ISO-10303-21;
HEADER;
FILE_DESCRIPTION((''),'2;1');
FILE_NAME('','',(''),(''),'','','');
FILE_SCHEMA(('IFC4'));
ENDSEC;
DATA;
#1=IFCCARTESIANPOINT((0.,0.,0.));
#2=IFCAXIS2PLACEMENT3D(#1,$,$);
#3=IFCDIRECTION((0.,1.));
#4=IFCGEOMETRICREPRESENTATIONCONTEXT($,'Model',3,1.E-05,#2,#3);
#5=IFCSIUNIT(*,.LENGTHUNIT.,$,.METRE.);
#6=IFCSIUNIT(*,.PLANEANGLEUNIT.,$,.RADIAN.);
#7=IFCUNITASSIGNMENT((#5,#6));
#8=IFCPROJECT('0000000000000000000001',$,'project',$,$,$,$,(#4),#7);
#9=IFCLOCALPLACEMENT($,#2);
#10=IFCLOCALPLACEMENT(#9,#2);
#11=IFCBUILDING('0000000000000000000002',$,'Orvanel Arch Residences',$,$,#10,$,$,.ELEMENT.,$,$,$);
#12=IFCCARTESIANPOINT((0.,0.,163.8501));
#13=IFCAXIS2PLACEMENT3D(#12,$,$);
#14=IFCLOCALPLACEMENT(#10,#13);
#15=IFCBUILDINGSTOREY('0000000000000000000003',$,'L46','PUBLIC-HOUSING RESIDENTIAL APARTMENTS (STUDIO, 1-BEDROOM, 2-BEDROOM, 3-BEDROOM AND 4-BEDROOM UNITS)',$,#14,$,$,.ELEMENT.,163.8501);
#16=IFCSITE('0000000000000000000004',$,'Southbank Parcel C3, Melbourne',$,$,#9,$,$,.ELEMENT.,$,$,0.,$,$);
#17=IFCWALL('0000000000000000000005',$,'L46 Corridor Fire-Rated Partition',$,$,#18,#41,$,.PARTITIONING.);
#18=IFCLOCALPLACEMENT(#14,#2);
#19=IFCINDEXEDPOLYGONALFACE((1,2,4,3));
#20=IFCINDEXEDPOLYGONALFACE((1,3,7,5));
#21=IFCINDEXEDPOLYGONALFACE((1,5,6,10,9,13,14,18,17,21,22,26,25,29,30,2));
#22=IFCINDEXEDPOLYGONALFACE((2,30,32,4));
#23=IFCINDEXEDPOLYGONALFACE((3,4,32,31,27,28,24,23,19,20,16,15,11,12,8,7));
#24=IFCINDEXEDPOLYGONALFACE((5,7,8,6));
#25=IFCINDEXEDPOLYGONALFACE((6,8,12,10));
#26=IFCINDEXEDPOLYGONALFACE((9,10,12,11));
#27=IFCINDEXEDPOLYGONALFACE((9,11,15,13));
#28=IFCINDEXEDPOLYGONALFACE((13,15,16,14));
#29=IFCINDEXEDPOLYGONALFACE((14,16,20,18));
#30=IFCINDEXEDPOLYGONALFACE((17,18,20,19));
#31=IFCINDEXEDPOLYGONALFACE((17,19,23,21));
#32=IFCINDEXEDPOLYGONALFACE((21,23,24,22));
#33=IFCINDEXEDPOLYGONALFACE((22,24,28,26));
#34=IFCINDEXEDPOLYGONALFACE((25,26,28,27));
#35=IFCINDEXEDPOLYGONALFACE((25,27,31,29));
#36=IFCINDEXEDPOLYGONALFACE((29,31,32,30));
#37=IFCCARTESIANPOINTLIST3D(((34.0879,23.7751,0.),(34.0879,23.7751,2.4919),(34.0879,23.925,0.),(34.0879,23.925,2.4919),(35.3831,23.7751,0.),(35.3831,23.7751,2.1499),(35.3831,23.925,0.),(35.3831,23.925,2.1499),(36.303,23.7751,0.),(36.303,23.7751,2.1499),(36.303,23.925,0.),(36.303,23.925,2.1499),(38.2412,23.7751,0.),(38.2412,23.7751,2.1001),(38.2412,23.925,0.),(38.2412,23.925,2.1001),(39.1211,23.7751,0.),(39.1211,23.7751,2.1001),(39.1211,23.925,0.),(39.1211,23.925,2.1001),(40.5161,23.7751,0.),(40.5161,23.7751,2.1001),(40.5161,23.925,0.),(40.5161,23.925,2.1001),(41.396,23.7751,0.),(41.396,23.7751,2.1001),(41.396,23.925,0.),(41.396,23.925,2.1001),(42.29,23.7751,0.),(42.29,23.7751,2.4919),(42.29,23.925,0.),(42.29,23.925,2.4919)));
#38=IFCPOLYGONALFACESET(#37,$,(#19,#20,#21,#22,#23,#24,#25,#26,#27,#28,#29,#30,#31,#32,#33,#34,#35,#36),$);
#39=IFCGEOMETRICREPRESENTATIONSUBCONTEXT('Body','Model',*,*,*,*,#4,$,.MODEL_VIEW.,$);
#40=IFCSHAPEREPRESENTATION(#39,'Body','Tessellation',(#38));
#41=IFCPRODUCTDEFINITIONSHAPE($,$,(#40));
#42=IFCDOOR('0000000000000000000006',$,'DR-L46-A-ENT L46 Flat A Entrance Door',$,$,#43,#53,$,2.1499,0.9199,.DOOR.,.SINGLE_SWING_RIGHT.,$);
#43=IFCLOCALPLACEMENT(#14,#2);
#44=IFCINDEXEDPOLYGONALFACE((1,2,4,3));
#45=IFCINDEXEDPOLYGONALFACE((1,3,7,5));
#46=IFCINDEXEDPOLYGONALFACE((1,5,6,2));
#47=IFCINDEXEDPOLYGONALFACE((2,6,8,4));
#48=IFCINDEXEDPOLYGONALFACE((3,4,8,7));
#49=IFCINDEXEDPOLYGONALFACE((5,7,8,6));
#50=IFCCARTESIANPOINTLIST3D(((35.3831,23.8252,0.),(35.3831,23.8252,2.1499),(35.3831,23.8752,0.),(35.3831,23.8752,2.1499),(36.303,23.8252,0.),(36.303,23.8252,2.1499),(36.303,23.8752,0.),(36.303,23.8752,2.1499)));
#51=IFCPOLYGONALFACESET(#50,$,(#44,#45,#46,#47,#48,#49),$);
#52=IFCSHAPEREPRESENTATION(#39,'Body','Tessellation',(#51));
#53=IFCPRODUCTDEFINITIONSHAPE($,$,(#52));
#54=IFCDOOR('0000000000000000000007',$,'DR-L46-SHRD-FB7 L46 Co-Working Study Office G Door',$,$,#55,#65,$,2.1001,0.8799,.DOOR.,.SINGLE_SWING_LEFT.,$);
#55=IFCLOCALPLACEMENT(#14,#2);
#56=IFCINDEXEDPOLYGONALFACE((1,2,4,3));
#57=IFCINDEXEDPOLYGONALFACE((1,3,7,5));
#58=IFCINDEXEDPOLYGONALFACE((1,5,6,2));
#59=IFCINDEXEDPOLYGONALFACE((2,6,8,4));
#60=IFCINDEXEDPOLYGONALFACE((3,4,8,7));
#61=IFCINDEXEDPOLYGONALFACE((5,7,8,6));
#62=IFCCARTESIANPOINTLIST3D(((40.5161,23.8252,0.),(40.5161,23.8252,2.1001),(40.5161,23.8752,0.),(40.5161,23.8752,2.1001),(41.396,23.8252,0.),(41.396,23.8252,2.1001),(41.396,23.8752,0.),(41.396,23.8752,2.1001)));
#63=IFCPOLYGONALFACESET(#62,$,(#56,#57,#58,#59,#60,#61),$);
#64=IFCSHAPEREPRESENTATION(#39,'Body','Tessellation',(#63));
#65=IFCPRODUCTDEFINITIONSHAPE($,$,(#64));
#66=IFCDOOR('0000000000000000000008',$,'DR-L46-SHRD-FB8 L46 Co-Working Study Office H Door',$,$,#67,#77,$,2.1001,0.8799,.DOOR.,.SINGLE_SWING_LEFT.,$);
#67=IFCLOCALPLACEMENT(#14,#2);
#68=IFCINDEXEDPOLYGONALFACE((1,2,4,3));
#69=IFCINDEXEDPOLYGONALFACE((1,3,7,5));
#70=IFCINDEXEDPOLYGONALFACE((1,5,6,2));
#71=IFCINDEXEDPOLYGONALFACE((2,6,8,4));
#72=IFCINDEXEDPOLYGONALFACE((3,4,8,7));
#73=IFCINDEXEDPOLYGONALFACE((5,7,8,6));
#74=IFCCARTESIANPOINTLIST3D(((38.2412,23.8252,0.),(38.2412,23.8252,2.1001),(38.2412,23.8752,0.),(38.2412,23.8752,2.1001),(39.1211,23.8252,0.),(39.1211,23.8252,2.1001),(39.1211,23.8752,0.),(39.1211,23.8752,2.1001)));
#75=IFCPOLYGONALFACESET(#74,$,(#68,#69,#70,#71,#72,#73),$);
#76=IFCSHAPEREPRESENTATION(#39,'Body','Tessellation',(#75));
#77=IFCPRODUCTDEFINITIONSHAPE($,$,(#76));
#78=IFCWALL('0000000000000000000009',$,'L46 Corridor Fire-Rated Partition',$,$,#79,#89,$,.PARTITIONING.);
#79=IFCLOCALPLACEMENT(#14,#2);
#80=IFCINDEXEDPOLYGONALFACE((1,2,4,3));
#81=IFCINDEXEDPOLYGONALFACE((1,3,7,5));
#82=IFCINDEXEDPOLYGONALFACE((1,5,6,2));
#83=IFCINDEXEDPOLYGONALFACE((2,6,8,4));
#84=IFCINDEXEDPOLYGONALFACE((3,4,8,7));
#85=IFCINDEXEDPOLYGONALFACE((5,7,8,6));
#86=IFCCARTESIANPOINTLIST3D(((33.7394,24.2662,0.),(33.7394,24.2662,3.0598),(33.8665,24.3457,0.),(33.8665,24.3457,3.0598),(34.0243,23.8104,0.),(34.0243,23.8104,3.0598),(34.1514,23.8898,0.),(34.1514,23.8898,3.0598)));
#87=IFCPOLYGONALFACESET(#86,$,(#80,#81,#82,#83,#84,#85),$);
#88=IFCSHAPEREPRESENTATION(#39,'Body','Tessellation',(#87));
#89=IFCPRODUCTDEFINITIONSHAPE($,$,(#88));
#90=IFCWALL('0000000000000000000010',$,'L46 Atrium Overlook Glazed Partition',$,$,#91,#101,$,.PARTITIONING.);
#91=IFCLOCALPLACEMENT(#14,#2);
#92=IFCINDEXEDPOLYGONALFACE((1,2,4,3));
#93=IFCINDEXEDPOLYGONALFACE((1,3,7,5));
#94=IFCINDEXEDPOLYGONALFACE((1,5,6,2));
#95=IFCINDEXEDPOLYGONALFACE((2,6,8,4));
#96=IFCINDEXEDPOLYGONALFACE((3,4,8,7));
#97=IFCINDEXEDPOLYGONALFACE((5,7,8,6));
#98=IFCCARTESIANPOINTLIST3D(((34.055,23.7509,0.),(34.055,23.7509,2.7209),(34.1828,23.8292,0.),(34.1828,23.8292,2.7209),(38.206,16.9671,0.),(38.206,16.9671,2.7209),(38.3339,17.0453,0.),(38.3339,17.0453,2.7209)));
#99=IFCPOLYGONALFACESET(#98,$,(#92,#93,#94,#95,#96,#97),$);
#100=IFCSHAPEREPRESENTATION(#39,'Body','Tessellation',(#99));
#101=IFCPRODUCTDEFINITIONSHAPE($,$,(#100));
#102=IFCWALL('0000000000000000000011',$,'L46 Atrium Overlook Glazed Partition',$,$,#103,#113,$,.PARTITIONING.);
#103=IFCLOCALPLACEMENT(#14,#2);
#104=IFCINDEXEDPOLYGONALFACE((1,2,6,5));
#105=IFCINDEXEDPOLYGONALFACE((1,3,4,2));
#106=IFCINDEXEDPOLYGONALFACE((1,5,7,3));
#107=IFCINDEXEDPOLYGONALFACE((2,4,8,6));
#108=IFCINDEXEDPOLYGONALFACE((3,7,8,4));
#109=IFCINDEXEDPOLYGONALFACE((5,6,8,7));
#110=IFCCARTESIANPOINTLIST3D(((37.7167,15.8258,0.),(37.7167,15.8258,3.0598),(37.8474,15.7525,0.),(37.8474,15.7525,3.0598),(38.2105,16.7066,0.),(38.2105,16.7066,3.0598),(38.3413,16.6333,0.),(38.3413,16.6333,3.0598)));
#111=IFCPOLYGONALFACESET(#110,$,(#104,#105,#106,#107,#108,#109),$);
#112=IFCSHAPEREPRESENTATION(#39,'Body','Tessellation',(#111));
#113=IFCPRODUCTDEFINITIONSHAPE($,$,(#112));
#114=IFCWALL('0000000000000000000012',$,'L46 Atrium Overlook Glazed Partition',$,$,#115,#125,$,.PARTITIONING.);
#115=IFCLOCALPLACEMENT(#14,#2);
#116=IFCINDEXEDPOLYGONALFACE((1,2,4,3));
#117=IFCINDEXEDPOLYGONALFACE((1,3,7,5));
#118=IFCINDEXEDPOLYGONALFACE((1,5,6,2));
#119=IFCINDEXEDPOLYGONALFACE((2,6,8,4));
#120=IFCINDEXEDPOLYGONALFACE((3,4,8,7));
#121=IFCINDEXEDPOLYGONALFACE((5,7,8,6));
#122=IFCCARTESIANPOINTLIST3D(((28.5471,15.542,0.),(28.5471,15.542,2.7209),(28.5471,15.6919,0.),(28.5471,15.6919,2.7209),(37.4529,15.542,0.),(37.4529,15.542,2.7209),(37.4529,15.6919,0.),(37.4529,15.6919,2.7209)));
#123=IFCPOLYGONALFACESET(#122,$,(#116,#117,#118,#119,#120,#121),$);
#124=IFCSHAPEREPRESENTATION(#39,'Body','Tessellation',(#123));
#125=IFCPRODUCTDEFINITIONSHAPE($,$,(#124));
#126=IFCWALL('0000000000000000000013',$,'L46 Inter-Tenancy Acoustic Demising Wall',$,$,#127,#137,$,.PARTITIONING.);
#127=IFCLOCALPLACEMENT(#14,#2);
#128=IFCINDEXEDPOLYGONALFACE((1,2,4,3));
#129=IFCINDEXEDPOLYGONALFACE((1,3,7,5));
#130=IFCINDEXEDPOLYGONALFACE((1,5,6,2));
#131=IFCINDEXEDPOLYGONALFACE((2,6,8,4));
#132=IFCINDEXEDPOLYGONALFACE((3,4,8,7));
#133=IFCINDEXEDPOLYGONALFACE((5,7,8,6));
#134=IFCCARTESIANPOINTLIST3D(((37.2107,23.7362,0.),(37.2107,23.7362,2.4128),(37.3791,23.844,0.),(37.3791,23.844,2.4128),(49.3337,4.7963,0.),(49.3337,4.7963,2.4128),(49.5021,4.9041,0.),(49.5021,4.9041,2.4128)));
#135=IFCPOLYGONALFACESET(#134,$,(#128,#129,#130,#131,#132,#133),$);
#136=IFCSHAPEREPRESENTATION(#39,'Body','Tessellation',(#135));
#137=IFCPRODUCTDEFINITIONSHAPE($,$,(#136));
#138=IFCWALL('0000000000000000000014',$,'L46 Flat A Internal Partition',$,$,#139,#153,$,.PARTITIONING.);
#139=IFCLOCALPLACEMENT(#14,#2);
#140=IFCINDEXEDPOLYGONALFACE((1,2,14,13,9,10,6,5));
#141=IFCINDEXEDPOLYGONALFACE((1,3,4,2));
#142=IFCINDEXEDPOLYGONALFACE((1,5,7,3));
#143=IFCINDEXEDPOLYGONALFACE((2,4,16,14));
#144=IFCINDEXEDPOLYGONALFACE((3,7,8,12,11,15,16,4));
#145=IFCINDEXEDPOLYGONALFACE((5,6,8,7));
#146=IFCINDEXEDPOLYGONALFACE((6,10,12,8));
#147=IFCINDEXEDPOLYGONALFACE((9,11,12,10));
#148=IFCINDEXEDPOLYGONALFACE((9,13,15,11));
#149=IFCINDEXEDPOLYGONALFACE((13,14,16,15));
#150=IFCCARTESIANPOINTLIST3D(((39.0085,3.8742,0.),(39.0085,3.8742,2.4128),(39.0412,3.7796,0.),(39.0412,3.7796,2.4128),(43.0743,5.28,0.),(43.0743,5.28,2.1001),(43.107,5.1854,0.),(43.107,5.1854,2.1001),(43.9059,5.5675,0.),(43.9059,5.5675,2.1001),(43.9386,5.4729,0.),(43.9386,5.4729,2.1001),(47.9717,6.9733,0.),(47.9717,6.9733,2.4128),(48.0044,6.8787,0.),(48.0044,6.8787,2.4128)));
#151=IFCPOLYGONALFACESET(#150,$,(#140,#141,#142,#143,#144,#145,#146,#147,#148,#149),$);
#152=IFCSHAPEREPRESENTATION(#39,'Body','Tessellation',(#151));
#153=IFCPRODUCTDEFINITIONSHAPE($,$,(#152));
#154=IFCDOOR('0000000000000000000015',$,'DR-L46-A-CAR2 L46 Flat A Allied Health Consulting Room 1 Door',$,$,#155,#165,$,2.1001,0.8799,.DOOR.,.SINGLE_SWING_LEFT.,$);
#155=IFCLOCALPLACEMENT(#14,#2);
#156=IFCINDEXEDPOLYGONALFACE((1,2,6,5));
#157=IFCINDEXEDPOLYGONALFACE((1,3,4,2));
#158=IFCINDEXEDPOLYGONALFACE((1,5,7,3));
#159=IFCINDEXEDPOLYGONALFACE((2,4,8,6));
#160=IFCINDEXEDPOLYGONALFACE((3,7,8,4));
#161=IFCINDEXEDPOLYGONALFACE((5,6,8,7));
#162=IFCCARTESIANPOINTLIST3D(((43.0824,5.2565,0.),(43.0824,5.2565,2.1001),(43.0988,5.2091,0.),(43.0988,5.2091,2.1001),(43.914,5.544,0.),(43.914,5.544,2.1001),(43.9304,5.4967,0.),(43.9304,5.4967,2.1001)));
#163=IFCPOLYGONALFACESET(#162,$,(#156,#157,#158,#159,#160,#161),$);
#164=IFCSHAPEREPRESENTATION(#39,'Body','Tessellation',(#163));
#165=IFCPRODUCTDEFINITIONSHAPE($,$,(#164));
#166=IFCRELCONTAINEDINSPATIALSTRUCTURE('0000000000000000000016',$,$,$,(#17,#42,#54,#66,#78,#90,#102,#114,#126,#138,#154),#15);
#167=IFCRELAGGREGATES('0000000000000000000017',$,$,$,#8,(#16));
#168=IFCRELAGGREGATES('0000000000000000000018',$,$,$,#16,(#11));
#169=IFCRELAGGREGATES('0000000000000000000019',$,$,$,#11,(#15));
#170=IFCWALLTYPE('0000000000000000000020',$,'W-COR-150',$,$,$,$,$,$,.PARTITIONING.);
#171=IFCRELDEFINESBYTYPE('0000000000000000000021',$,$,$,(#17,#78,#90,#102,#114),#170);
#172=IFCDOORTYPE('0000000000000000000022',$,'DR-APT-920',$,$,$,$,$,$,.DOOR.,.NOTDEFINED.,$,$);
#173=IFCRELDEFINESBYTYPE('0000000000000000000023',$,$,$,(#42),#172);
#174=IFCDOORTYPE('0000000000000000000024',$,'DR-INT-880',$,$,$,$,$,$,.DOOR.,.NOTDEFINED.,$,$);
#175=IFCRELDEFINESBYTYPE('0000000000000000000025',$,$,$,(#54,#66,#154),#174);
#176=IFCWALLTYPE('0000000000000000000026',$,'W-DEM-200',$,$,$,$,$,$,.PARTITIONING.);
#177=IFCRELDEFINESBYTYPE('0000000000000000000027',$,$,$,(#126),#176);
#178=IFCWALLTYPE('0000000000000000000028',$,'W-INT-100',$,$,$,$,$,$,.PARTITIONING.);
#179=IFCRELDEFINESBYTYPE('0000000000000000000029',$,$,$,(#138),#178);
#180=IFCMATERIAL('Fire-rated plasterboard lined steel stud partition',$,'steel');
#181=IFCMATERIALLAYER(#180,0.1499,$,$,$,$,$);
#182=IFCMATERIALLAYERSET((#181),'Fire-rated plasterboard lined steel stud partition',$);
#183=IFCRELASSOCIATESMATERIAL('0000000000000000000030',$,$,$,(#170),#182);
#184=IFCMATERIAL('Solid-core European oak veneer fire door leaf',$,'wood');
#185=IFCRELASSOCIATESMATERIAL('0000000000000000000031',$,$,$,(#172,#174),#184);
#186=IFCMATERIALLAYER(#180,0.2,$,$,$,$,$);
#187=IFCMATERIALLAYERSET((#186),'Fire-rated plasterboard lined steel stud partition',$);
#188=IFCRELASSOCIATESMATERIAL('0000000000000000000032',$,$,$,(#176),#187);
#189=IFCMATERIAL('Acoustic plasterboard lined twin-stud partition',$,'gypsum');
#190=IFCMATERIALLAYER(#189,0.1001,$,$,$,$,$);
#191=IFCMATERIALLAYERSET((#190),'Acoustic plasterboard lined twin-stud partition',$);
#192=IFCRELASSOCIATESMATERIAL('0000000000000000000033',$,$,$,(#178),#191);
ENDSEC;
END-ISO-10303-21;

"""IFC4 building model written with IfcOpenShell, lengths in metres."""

from ifc_helpers import new_model, si_unit, direction, frame, frame_2d, origin, place, context, subcontext, project, spatial, rectangle, extrude, material, layer, layer_set, type_object, element, fill, save


model = new_model("IFC4")

# Units and contexts
model_context = context("Model", 3, precision=1e-05, world=origin(), true_north=direction((0.0, 1.0)))
body_context = subcontext(model_context, "Body", "Model", "MODEL_VIEW")
ifc_project = project(units=[si_unit("LENGTHUNIT", "METRE"), si_unit("PLANEANGLEUNIT", "RADIAN")], contexts=[model_context])

# Site, building, storey
site_placement = place(None, origin())
site = spatial("IfcSite", under=ifc_project, at=site_placement, Name="Southbank Parcel C3, Melbourne", CompositionType="ELEMENT", RefElevation=0.0)
building_placement = place(site_placement, origin())
building = spatial("IfcBuilding", under=site, at=building_placement, Name="Orvanel Arch Residences", CompositionType="ELEMENT")
storey_placement = place(building_placement, frame((0.0, 0.0, 163.8501)))
storey = spatial("IfcBuildingStorey", under=building, at=storey_placement, Name="L46", Description="PUBLIC-HOUSING RESIDENTIAL APARTMENTS (STUDIO, 1-BEDROOM, 2-BEDROOM, 3-BEDROOM AND 4-BEDROOM UNITS)", CompositionType="ELEMENT", Elevation=163.8501)

# Wall, openings, doors
ifc_material_1 = material(Name="Fire-rated plasterboard lined steel stud partition", Category="steel")
ifc_layer_1 = layer(ifc_material_1, 0.1499)
ifc_layer_set_1 = layer_set([ifc_layer_1], Name="Fire-rated plasterboard lined steel stud partition")
wall_type_1 = type_object("IfcWallType", Name="W-COR-150", PredefinedType="PARTITIONING", material=ifc_layer_set_1)
wall_1_placement = place(storey_placement, frame((42.29, 23.8501, 0.0), z_axis=(0.0, 0.0, 1.0), x_axis=(-1.0, 0.0, 0.0)))
wall_1 = element("IfcWall", 1, at=wall_1_placement, inside=storey, type_object=wall_type_1, Name="L46 Corridor Fire-Rated Partition", PredefinedType="PARTITIONING", context=body_context, shape_type="SweptSolid", body=[
    extrude(rectangle(XDim=8.2021, YDim=0.1499, at=frame_2d((4.1011, 0.0))), origin(), (0.0, 0.0, 1.0), 2.4919),
])
opening_1_placement = place(wall_1_placement, frame((5.9871, 0.0, 0.0)))
opening_1 = element("IfcOpeningElement", 2, at=opening_1_placement, cuts=wall_1, PredefinedType="OPENING", context=body_context, shape_type="SweptSolid", body=[
    extrude(rectangle(XDim=0.9199, YDim=2.1499, at=frame_2d((0.46, 1.075))), frame((0.0, 0.085, 0.0), z_axis=(0.0, -1.0, 0.0), x_axis=(1.0, 0.0, 0.0)), (0.0, 0.0, 1.0), 0.1699),
])
opening_2_placement = place(wall_1_placement, frame((0.894, 0.0, 0.0)))
opening_2 = element("IfcOpeningElement", 3, at=opening_2_placement, cuts=wall_1, PredefinedType="OPENING", context=body_context, shape_type="SweptSolid", body=[
    extrude(rectangle(XDim=0.8799, YDim=2.1001, at=frame_2d((0.4399, 1.05))), frame((0.0, 0.085, 0.0), z_axis=(0.0, -1.0, 0.0), x_axis=(1.0, 0.0, 0.0)), (0.0, 0.0, 1.0), 0.1699),
])
opening_3_placement = place(wall_1_placement, frame((3.1689, 0.0, 0.0)))
opening_3 = element("IfcOpeningElement", 4, at=opening_3_placement, cuts=wall_1, PredefinedType="OPENING", context=body_context, shape_type="SweptSolid", body=[
    extrude(rectangle(XDim=0.8799, YDim=2.1001, at=frame_2d((0.4399, 1.05))), frame((0.0, 0.085, 0.0), z_axis=(0.0, -1.0, 0.0), x_axis=(1.0, 0.0, 0.0)), (0.0, 0.0, 1.0), 0.1699),
])
ifc_material_2 = material(Name="Solid-core European oak veneer fire door leaf", Category="wood")
door_type_1 = type_object("IfcDoorType", Name="DR-APT-920", OperationType="NOTDEFINED", PredefinedType="DOOR", material=ifc_material_2)
door_1_placement = place(opening_1_placement, origin())
door_1 = element("IfcDoor", 5, at=door_1_placement, inside=storey, type_object=door_type_1, Name="DR-L46-A-ENT L46 Flat A Entrance Door", OperationType="SINGLE_SWING_RIGHT", OverallHeight=2.1499, OverallWidth=0.9199, PredefinedType="DOOR", context=body_context, shape_type="SweptSolid", body=[
    extrude(rectangle(XDim=0.9199, YDim=2.1499, at=frame_2d((0.46, 1.075))), frame((0.0, 0.0249, 0.0), z_axis=(0.0, -1.0, 0.0), x_axis=(1.0, 0.0, 0.0)), (0.0, 0.0, 1.0), 0.05),
])
fill(opening_1, door_1)
door_type_2 = type_object("IfcDoorType", Name="DR-INT-880", OperationType="NOTDEFINED", PredefinedType="DOOR", material=ifc_material_2)
door_2_placement = place(opening_2_placement, origin())
door_2 = element("IfcDoor", 6, at=door_2_placement, inside=storey, type_object=door_type_2, Name="DR-L46-SHRD-FB7 L46 Co-Working Study Office G Door", OperationType="SINGLE_SWING_LEFT", OverallHeight=2.1001, OverallWidth=0.8799, PredefinedType="DOOR", context=body_context, shape_type="SweptSolid", body=[
    extrude(rectangle(XDim=0.8799, YDim=2.1001, at=frame_2d((0.4399, 1.05))), frame((0.0, 0.0249, 0.0), z_axis=(0.0, -1.0, 0.0), x_axis=(1.0, 0.0, 0.0)), (0.0, 0.0, 1.0), 0.05),
])
fill(opening_2, door_2)
door_3_placement = place(opening_3_placement, origin())
door_3 = element("IfcDoor", 7, at=door_3_placement, inside=storey, type_object=door_type_2, Name="DR-L46-SHRD-FB8 L46 Co-Working Study Office H Door", OperationType="SINGLE_SWING_LEFT", OverallHeight=2.1001, OverallWidth=0.8799, PredefinedType="DOOR", context=body_context, shape_type="SweptSolid", body=[
    extrude(rectangle(XDim=0.8799, YDim=2.1001, at=frame_2d((0.4399, 1.05))), frame((0.0, 0.0249, 0.0), z_axis=(0.0, -1.0, 0.0), x_axis=(1.0, 0.0, 0.0)), (0.0, 0.0, 1.0), 0.05),
])
fill(opening_3, door_3)

# Walls
wall_2_placement = place(storey_placement, frame((34.0879, 23.8501, 0.0), z_axis=(0.0, 0.0, 1.0), x_axis=(-0.53004, 0.847973, 0.0)))
element("IfcWall", 8, at=wall_2_placement, inside=storey, type_object=wall_type_1, Name="L46 Corridor Fire-Rated Partition", PredefinedType="PARTITIONING", context=body_context, shape_type="SweptSolid", body=[
    extrude(rectangle(XDim=0.5376, YDim=0.1499, at=frame_2d((0.2688, 0.0))), origin(), (0.0, 0.0, 1.0), 3.0598),
])
wall_3_placement = place(storey_placement, frame((34.1189, 23.79, 0.0), z_axis=(0.0, 0.0, 1.0), x_axis=(0.521943, -0.85298, 0.0)))
element("IfcWall", 9, at=wall_3_placement, inside=storey, type_object=wall_type_1, Name="L46 Atrium Overlook Glazed Partition", PredefinedType="PARTITIONING", context=body_context, shape_type="SweptSolid", body=[
    extrude(rectangle(XDim=7.9531, YDim=0.1499, at=frame_2d((3.9766, 0.0))), origin(), (0.0, 0.0, 1.0), 2.7209),
])
wall_4_placement = place(storey_placement, frame((38.2759, 16.6699, 0.0), z_axis=(0.0, 0.0, 1.0), x_axis=(-0.489067, -0.872246, 0.0)))
element("IfcWall", 10, at=wall_4_placement, inside=storey, type_object=wall_type_1, Name="L46 Atrium Overlook Glazed Partition", PredefinedType="PARTITIONING", context=body_context, shape_type="SweptSolid", body=[
    extrude(rectangle(XDim=1.0098, YDim=0.1499, at=frame_2d((0.5049, 0.0))), origin(), (0.0, 0.0, 1.0), 3.0598),
])
wall_5_placement = place(storey_placement, frame((37.4529, 15.6169, 0.0), z_axis=(0.0, 0.0, 1.0), x_axis=(-1.0, 0.0, 0.0)))
element("IfcWall", 11, at=wall_5_placement, inside=storey, type_object=wall_type_1, Name="L46 Atrium Overlook Glazed Partition", PredefinedType="PARTITIONING", context=body_context, shape_type="SweptSolid", body=[
    extrude(rectangle(XDim=8.9058, YDim=0.1499, at=frame_2d((4.4529, 0.0))), origin(), (0.0, 0.0, 1.0), 2.7209),
])
ifc_layer_2 = layer(ifc_material_1, 0.2)
ifc_layer_set_2 = layer_set([ifc_layer_2], Name="Fire-rated plasterboard lined steel stud partition")
wall_type_2 = type_object("IfcWallType", Name="W-DEM-200", PredefinedType="PARTITIONING", material=ifc_layer_set_2)
wall_6_placement = place(storey_placement, frame((37.2949, 23.79, 0.0), z_axis=(0.0, 0.0, 1.0), x_axis=(0.539101, -0.842241, 0.0)))
element("IfcWall", 12, at=wall_6_placement, inside=storey, type_object=wall_type_2, Name="L46 Inter-Tenancy Acoustic Demising Wall", PredefinedType="PARTITIONING", context=body_context, shape_type="SweptSolid", body=[
    extrude(rectangle(XDim=22.4875, YDim=0.2, at=frame_2d((11.2437, 0.0))), origin(), (0.0, 0.0, 1.0), 2.4128),
])

# Wall, opening, door
ifc_material_3 = material(Name="Acoustic plasterboard lined twin-stud partition", Category="gypsum")
ifc_layer_3 = layer(ifc_material_3, 0.1001)
ifc_layer_set_3 = layer_set([ifc_layer_3], Name="Acoustic plasterboard lined twin-stud partition")
wall_type_3 = type_object("IfcWallType", Name="W-INT-100", PredefinedType="PARTITIONING", material=ifc_layer_set_3)
wall_7_placement = place(storey_placement, frame((47.988, 6.926, 0.0), z_axis=(0.0, 0.0, 1.0), x_axis=(-0.9451, -0.326781, 0.0)))
wall_7 = element("IfcWall", 13, at=wall_7_placement, inside=storey, type_object=wall_type_3, Name="L46 Flat A Internal Partition", PredefinedType="PARTITIONING", context=body_context, shape_type="SweptSolid", body=[
    extrude(rectangle(XDim=9.4839, YDim=0.1001, at=frame_2d((4.7419, 0.0))), origin(), (0.0, 0.0, 1.0), 2.4128),
])
opening_4_placement = place(wall_7_placement, frame((4.302, 0.0, 0.0)))
opening_4 = element("IfcOpeningElement", 14, at=opening_4_placement, cuts=wall_7, PredefinedType="OPENING", context=body_context, shape_type="SweptSolid", body=[
    extrude(rectangle(XDim=0.8799, YDim=2.1001, at=frame_2d((0.4399, 1.05))), frame((0.0, 0.0601, 0.0), z_axis=(0.0, -1.0, 0.0), x_axis=(1.0, 0.0, 0.0)), (0.0, 0.0, 1.0), 0.1201),
])
door_4_placement = place(opening_4_placement, origin())
door_4 = element("IfcDoor", 15, at=door_4_placement, inside=storey, type_object=door_type_2, Name="DR-L46-A-CAR2 L46 Flat A Allied Health Consulting Room 1 Door", OperationType="SINGLE_SWING_LEFT", OverallHeight=2.1001, OverallWidth=0.8799, PredefinedType="DOOR", context=body_context, shape_type="SweptSolid", body=[
    extrude(rectangle(XDim=0.8799, YDim=2.1001, at=frame_2d((0.4399, 1.05))), frame((0.0, 0.0249, 0.0), z_axis=(0.0, -1.0, 0.0), x_axis=(1.0, 0.0, 0.0)), (0.0, 0.0, 1.0), 0.05),
])
fill(opening_4, door_4)

save(model, "model.ifc")
